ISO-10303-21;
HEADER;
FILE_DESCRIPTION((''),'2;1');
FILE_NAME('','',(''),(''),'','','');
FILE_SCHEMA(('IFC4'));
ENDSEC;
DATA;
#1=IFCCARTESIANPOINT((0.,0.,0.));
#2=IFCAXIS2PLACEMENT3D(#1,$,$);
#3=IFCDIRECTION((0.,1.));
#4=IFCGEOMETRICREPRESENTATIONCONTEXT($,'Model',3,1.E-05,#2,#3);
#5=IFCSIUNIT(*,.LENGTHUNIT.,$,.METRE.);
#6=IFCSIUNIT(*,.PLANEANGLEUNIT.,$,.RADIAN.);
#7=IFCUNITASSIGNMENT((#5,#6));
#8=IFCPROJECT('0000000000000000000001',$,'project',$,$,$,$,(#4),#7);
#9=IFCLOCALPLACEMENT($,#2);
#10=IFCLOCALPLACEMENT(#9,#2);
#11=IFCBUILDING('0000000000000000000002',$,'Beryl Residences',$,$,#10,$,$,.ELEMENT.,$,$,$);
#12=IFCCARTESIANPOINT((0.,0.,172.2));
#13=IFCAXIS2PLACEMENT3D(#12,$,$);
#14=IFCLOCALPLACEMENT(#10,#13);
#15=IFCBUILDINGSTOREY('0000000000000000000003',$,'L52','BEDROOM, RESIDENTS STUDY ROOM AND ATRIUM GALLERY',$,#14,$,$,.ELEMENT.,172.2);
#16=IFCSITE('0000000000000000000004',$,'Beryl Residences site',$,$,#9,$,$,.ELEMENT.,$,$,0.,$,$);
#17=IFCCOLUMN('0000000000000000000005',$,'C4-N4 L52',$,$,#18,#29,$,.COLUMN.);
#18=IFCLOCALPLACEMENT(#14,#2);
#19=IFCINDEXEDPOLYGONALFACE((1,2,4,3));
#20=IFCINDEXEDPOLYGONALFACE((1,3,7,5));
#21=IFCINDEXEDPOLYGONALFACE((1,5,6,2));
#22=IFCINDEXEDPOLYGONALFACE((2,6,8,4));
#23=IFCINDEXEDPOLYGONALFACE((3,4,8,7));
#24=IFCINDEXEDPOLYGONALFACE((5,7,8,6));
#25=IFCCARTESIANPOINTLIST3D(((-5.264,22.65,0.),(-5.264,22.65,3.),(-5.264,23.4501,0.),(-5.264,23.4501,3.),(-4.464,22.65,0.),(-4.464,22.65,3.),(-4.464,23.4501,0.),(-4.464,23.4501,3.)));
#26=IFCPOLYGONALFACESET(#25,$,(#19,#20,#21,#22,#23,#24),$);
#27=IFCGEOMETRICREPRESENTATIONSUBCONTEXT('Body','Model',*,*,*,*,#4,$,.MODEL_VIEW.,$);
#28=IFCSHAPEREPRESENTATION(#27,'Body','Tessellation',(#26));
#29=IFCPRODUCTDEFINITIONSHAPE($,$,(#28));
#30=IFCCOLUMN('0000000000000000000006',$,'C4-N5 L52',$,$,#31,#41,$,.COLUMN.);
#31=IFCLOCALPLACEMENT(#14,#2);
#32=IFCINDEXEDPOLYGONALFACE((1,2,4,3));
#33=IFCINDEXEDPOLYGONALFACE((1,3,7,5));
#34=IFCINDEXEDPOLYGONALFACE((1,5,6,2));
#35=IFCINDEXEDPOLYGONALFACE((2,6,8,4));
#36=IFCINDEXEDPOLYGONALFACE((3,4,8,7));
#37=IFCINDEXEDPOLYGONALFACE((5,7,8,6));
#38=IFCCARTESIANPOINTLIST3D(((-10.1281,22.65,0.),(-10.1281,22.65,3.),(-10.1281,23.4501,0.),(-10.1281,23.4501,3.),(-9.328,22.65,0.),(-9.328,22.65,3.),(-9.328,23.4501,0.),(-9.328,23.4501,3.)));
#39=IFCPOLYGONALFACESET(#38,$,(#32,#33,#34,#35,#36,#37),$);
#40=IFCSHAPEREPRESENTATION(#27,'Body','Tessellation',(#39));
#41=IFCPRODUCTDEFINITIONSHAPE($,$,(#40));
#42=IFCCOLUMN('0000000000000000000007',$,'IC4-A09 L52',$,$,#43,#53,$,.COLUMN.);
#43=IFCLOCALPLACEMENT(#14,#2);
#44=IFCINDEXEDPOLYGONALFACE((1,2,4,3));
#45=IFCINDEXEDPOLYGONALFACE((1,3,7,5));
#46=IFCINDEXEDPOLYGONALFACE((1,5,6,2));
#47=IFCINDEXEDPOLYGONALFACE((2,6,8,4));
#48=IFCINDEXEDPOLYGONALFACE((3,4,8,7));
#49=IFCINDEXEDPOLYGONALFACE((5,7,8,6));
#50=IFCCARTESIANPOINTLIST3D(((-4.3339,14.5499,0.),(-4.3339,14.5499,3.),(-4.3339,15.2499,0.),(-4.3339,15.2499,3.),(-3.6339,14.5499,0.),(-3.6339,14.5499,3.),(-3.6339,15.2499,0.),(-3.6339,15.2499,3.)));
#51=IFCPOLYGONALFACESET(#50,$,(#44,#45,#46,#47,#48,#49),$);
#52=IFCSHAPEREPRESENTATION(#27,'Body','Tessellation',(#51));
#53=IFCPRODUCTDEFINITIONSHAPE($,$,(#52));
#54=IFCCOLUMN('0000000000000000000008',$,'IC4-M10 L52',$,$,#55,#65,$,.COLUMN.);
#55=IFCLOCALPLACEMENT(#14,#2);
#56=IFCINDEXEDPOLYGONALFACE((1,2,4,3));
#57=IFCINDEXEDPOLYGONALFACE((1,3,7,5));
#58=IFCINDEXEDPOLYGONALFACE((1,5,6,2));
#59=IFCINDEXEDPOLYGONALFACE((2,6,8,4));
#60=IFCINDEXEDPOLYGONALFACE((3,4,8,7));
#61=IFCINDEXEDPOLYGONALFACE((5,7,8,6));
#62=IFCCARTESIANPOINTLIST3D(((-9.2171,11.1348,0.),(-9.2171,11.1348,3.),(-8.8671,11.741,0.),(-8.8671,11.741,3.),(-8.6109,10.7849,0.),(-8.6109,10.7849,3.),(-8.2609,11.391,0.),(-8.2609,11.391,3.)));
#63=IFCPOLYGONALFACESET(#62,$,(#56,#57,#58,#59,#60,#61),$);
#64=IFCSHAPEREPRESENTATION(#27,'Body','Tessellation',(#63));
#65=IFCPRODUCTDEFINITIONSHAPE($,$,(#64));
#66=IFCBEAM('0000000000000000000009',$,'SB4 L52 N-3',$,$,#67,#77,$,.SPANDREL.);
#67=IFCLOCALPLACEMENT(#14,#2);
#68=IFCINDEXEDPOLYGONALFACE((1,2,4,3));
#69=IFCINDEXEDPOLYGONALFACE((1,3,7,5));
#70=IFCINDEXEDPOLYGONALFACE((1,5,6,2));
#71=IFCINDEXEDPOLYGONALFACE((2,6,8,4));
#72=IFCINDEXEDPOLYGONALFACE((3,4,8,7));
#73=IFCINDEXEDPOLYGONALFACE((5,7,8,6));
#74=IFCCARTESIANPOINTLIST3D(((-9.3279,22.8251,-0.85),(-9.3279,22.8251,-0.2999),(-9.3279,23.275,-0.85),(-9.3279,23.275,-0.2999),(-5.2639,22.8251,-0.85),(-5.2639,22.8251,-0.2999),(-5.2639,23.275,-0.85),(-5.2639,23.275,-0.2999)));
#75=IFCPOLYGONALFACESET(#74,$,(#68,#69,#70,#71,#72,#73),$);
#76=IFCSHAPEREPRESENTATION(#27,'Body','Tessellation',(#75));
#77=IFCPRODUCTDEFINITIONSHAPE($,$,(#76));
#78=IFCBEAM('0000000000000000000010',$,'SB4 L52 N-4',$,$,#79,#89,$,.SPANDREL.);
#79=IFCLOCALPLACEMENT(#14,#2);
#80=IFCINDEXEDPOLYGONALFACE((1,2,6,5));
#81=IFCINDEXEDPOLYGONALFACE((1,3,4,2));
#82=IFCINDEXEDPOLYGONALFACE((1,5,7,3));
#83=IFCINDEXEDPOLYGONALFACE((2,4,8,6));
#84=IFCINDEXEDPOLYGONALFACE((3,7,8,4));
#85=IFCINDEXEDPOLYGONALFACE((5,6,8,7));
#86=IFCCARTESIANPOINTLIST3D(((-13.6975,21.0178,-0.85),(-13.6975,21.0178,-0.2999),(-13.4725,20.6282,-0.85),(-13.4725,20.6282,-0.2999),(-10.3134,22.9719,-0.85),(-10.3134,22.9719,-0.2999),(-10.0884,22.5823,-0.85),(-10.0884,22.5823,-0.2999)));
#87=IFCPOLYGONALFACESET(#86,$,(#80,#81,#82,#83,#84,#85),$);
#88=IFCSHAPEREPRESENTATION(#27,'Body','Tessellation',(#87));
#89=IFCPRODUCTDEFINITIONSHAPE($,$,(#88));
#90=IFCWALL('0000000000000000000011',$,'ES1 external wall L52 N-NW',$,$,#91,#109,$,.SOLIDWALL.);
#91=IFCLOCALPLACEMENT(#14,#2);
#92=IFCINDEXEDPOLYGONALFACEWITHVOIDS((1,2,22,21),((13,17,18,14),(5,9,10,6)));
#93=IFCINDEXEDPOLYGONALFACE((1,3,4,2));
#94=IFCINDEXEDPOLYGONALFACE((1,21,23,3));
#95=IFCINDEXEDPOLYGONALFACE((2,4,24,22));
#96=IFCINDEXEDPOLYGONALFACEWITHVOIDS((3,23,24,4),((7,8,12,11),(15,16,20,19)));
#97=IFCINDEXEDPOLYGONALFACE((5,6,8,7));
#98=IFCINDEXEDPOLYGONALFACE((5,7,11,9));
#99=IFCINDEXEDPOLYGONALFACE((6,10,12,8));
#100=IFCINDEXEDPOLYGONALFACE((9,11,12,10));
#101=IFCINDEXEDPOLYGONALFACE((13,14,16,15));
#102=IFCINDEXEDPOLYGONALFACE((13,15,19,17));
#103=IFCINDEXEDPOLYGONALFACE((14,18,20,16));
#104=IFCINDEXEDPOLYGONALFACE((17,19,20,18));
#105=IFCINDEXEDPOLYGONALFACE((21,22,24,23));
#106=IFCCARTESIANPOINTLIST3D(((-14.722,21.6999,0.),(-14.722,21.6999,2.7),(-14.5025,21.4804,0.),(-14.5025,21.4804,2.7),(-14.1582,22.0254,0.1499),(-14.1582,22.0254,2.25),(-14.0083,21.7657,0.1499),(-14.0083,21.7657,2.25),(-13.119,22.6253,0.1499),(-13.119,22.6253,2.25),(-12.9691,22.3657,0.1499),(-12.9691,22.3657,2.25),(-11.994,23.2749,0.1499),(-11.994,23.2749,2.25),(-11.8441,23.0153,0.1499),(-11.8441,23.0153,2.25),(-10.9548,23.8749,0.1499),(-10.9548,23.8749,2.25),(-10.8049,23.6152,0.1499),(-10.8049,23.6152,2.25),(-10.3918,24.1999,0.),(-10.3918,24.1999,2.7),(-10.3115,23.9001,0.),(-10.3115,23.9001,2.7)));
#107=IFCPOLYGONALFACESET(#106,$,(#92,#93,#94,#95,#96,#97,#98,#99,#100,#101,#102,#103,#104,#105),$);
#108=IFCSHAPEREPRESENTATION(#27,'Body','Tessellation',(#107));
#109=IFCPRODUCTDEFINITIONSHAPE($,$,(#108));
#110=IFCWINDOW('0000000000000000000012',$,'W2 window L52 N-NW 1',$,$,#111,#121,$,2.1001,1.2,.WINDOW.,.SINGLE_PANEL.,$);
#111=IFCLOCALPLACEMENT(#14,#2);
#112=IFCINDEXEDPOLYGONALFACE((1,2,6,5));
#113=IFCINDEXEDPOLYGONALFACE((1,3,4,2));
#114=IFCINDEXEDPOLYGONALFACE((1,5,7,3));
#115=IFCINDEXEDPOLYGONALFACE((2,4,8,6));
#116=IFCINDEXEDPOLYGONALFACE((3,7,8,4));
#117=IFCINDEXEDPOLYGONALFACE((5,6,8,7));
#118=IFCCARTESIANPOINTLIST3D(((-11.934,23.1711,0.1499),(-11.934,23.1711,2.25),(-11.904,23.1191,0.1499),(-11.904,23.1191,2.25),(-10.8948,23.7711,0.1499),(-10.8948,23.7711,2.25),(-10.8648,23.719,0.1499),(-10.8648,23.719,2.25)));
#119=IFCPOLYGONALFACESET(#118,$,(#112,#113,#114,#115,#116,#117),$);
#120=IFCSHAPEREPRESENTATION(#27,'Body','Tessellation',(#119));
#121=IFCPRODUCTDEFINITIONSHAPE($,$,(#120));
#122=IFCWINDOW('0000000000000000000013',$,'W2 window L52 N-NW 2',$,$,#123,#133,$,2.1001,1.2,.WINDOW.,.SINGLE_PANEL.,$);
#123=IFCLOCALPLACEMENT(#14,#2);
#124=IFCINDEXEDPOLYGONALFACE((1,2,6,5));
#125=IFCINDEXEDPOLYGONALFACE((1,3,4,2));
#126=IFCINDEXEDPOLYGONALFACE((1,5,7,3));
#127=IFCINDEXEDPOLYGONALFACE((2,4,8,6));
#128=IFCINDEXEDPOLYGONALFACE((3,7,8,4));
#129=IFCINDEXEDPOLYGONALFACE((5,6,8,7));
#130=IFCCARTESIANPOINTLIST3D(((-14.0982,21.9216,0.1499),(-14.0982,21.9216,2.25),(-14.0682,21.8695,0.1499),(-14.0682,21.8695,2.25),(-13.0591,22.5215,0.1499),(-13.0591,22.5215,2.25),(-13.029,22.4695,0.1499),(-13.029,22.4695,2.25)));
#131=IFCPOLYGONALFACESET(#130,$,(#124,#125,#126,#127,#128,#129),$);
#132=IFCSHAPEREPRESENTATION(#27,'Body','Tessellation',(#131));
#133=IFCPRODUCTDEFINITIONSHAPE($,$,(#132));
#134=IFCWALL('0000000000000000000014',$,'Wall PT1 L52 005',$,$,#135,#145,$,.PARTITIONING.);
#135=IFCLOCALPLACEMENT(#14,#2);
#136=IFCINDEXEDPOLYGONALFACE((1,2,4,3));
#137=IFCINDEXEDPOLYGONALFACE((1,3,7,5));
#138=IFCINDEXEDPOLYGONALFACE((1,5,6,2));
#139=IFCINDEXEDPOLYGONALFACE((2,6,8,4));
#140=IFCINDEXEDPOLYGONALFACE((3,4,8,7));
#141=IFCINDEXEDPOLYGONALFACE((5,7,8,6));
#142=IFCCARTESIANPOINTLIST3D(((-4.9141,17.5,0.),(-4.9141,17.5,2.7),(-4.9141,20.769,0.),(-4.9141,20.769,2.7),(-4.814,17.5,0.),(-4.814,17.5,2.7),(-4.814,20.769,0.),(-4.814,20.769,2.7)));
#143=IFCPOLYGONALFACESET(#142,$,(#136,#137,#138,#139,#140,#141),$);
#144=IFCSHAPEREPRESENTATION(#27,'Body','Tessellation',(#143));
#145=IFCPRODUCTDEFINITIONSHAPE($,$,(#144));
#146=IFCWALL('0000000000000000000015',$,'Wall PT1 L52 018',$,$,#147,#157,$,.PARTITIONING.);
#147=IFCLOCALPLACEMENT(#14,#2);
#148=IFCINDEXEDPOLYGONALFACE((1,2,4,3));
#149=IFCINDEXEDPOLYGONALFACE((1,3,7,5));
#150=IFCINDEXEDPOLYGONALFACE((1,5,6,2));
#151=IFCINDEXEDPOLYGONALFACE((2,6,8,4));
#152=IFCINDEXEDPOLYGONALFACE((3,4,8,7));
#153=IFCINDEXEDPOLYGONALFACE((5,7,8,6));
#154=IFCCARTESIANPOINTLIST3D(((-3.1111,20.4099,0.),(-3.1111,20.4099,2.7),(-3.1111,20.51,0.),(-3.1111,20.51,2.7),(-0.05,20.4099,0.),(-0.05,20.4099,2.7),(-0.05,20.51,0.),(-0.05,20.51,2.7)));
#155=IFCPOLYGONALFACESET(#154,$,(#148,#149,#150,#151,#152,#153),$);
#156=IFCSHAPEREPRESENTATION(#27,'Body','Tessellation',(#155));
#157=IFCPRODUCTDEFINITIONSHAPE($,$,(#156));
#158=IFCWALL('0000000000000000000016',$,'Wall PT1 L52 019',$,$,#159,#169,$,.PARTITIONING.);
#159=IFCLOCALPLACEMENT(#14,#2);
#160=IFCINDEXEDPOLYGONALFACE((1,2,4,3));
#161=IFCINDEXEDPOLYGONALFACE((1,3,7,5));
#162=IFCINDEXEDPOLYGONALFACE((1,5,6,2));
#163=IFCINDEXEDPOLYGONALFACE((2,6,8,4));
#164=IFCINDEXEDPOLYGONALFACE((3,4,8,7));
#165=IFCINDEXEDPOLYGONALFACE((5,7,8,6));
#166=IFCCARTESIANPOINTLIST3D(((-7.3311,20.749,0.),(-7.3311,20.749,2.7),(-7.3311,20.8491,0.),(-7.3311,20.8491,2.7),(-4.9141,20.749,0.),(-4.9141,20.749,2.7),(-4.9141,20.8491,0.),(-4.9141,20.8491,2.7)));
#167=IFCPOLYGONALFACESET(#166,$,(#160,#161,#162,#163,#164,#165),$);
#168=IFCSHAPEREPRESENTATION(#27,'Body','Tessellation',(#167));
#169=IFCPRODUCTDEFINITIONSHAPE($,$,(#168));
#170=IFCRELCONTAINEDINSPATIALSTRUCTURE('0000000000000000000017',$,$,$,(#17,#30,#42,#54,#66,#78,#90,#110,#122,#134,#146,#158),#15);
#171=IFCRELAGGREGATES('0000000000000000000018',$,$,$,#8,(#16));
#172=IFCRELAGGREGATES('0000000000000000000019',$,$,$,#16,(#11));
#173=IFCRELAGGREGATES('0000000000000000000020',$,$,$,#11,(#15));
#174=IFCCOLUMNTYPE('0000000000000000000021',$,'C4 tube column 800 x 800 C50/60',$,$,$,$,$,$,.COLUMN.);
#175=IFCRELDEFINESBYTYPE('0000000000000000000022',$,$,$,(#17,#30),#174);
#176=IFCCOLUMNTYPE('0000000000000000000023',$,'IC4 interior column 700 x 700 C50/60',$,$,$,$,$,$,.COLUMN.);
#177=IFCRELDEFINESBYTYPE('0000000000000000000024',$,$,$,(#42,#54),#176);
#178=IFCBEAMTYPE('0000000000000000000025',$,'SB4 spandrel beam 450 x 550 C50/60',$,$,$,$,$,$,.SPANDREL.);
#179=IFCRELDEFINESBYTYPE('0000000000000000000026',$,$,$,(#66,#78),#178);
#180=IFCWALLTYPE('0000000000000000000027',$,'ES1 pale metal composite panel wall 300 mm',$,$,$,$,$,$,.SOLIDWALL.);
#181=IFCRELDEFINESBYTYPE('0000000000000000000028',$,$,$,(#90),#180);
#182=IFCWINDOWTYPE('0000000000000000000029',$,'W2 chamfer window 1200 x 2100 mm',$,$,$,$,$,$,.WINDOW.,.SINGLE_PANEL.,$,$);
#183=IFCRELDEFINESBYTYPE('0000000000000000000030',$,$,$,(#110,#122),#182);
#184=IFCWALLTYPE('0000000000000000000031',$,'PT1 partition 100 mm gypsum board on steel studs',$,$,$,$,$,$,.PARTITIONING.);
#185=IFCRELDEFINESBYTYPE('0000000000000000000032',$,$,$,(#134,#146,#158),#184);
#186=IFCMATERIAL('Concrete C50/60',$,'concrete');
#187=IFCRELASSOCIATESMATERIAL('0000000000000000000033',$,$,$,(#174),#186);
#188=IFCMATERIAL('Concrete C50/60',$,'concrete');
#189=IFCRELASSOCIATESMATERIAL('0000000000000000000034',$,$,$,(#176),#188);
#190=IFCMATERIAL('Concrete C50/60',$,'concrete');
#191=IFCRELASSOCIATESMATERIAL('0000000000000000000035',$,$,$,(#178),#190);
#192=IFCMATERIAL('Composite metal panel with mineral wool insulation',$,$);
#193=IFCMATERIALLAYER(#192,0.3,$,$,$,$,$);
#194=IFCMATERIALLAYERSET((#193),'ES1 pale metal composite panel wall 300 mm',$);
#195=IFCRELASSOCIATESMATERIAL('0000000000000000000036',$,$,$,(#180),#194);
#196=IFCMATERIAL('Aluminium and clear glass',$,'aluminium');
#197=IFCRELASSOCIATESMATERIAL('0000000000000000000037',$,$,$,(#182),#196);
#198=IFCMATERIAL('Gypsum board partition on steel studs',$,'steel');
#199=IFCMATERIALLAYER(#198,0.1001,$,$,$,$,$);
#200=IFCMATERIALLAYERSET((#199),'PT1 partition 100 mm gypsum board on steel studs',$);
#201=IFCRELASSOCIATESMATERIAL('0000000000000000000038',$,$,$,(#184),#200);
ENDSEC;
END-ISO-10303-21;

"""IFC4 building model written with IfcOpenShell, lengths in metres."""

from ifc_helpers import new_model, si_unit, direction, frame, frame_2d, origin, origin_2d, place, context, subcontext, project, spatial, polyline, rectangle, outline, extrude, material, layer, layer_set, material_profile, profile_set, type_object, element, fill, save


model = new_model("IFC4")

# Units and contexts
model_context = context("Model", 3, precision=1e-05, world=origin(), true_north=direction((0.0, 1.0)))
body_context = subcontext(model_context, "Body", "Model", "MODEL_VIEW")
ifc_project = project(units=[si_unit("LENGTHUNIT", "METRE"), si_unit("PLANEANGLEUNIT", "RADIAN")], contexts=[model_context])

# Site, building, storey
site_placement = place(None, origin())
site = spatial("IfcSite", under=ifc_project, at=site_placement, Name="Beryl Residences site", CompositionType="ELEMENT", RefElevation=0.0)
building_placement = place(site_placement, origin())
building = spatial("IfcBuilding", under=site, at=building_placement, Name="Beryl Residences", CompositionType="ELEMENT")
storey_placement = place(building_placement, frame((0.0, 0.0, 172.2)))
storey = spatial("IfcBuildingStorey", under=building, at=storey_placement, Name="L52", Description="BEDROOM, RESIDENTS STUDY ROOM AND ATRIUM GALLERY", CompositionType="ELEMENT", Elevation=172.2)

# Columns
ifc_material_1 = material(Name="Concrete C50/60", Category="concrete")
ifc_material_profile_1 = material_profile(ifc_material_1, rectangle(XDim=0.8, YDim=0.8, at=origin_2d()))
ifc_profile_set_1 = profile_set([ifc_material_profile_1], Name="Concrete C50/60")
column_type_1 = type_object("IfcColumnType", Name="C4 tube column 800 x 800 C50/60", PredefinedType="COLUMN", material=ifc_profile_set_1)
for number, where, z_axis, x_axis, name in (
    (1, (-4.864, 23.05, 0.0), (0.0, 0.0, 1.0), (-1.0, 0.0, 0.0), "C4-N4 L52"),
    (2, (-9.728, 23.05, 0.0), (0.0, 0.0, 1.0), (-1.0, 0.0, 0.0), "C4-N5 L52"),
):
    element("IfcColumn", number, at=place(storey_placement, frame(where, z_axis=z_axis, x_axis=x_axis)), inside=storey, type_object=column_type_1, Name=name, PredefinedType="COLUMN", context=body_context, shape_type="SweptSolid", body=[
        extrude(rectangle(XDim=0.8, YDim=0.8, at=origin_2d()), origin(), (0.0, 0.0, 1.0), 3.0),
    ])
ifc_material_2 = material(Name="Concrete C50/60", Category="concrete")
ifc_material_profile_2 = material_profile(ifc_material_2, rectangle(XDim=0.7, YDim=0.7, at=origin_2d()))
ifc_profile_set_2 = profile_set([ifc_material_profile_2], Name="Concrete C50/60")
column_type_2 = type_object("IfcColumnType", Name="IC4 interior column 700 x 700 C50/60", PredefinedType="COLUMN", material=ifc_profile_set_2)
for number, where, z_axis, x_axis, name in (
    (3, (-3.9839, 14.8999, 0.0), (0.0, 0.0, 1.0), (1.0, 0.0, 0.0), "IC4-A09 L52"),
    (4, (-8.739, 11.2629, 0.0), (0.0, 0.0, 1.0), (-0.5, -0.866025, 0.0), "IC4-M10 L52"),
):
    element("IfcColumn", number, at=place(storey_placement, frame(where, z_axis=z_axis, x_axis=x_axis)), inside=storey, type_object=column_type_2, Name=name, PredefinedType="COLUMN", context=body_context, shape_type="SweptSolid", body=[
        extrude(rectangle(XDim=0.7, YDim=0.7, at=origin_2d()), origin(), (0.0, 0.0, 1.0), 3.0),
    ])

# Beams
ifc_material_3 = material(Name="Concrete C50/60", Category="concrete")
ifc_material_profile_3 = material_profile(ifc_material_3, rectangle(XDim=0.45, YDim=0.55, at=origin_2d()))
ifc_profile_set_3 = profile_set([ifc_material_profile_3], Name="Concrete C50/60")
beam_type = type_object("IfcBeamType", Name="SB4 spandrel beam 450 x 550 C50/60", PredefinedType="SPANDREL", material=ifc_profile_set_3)
beam_1_placement = place(storey_placement, frame((-5.2639, 23.05, -0.575), z_axis=(-1.0, 0.0, 0.0), x_axis=(0.0, -1.0, 0.0)))
element("IfcBeam", 5, at=beam_1_placement, inside=storey, type_object=beam_type, Name="SB4 L52 N-3", PredefinedType="SPANDREL", context=body_context, shape_type="SweptSolid", body=[
    extrude(rectangle(XDim=0.45, YDim=0.55, at=origin_2d()), origin(), (0.0, 0.0, 1.0), 4.064),
])
beam_2_placement = place(storey_placement, frame((-10.2009, 22.7771, -0.575), z_axis=(-0.865989, -0.500063, 0.0), x_axis=(0.500063, -0.865989, 0.0)))
element("IfcBeam", 6, at=beam_2_placement, inside=storey, type_object=beam_type, Name="SB4 L52 N-4", PredefinedType="SPANDREL", context=body_context, shape_type="SweptSolid", body=[
    extrude(rectangle(XDim=0.45, YDim=0.55, at=origin_2d()), origin(), (0.0, 0.0, 1.0), 3.9077),
])

# Wall, openings, windows
ifc_material_4 = material(Name="Composite metal panel with mineral wool insulation")
ifc_layer_1 = layer(ifc_material_4, 0.3)
ifc_layer_set_1 = layer_set([ifc_layer_1], Name="ES1 pale metal composite panel wall 300 mm")
wall_type_1 = type_object("IfcWallType", Name="ES1 pale metal composite panel wall 300 mm", PredefinedType="SOLIDWALL", material=ifc_layer_set_1)
wall_1_placement = place(storey_placement, frame((-10.3169, 24.0701, 0.0), z_axis=(0.0, 0.0, 1.0), x_axis=(-0.866023, -0.500004, 0.0)))
wall_1 = element("IfcWall", 7, at=wall_1_placement, inside=storey, type_object=wall_type_1, Name="ES1 external wall L52 N-NW", PredefinedType="SOLIDWALL", context=body_context, shape_type="SweptSolid", body=[
    extrude(outline(polyline([(0.0, -0.1499), (5.0, -0.1499), (4.9197, 0.1499), (0.0803, 0.1499), (0.0, -0.1499)])), origin(), (0.0, 0.0, 1.0), 2.7),
])
opening_1_placement = place(wall_1_placement, frame((0.6499, 0.0, 0.1499)))
opening_1 = element("IfcOpeningElement", 8, at=opening_1_placement, cuts=wall_1, PredefinedType="OPENING", context=body_context, shape_type="SweptSolid", body=[
    extrude(rectangle(XDim=1.2, YDim=2.1001, at=frame_2d((0.6001, 1.05))), frame((0.0, 0.1599, 0.0), z_axis=(0.0, -1.0, 0.0), x_axis=(1.0, 0.0, 0.0)), (0.0, 0.0, 1.0), 0.3201),
])
opening_2_placement = place(wall_1_placement, frame((3.1489, 0.0, 0.1499)))
opening_2 = element("IfcOpeningElement", 9, at=opening_2_placement, cuts=wall_1, PredefinedType="OPENING", context=body_context, shape_type="SweptSolid", body=[
    extrude(rectangle(XDim=1.2, YDim=2.1001, at=frame_2d((0.6001, 1.05))), frame((0.0, 0.1599, 0.0), z_axis=(0.0, -1.0, 0.0), x_axis=(1.0, 0.0, 0.0)), (0.0, 0.0, 1.0), 0.3201),
])
ifc_material_5 = material(Name="Aluminium and clear glass", Category="aluminium")
window_type = type_object("IfcWindowType", Name="W2 chamfer window 1200 x 2100 mm", PartitioningType="SINGLE_PANEL", PredefinedType="WINDOW", material=ifc_material_5)
window_1_placement = place(opening_1_placement, origin())
window_1 = element("IfcWindow", 10, at=window_1_placement, inside=storey, type_object=window_type, Name="W2 window L52 N-NW 1", OverallHeight=2.1001, OverallWidth=1.2, PartitioningType="SINGLE_PANEL", PredefinedType="WINDOW", context=body_context, shape_type="SweptSolid", body=[
    extrude(rectangle(XDim=1.2, YDim=2.1001, at=frame_2d((0.6001, 1.05))), frame((0.0, 0.03, 0.0), z_axis=(0.0, -1.0, 0.0), x_axis=(1.0, 0.0, 0.0)), (0.0, 0.0, 1.0), 0.0601),
])
fill(opening_1, window_1)
window_2_placement = place(opening_2_placement, origin())
window_2 = element("IfcWindow", 11, at=window_2_placement, inside=storey, type_object=window_type, Name="W2 window L52 N-NW 2", OverallHeight=2.1001, OverallWidth=1.2, PartitioningType="SINGLE_PANEL", PredefinedType="WINDOW", context=body_context, shape_type="SweptSolid", body=[
    extrude(rectangle(XDim=1.2, YDim=2.1001, at=frame_2d((0.6001, 1.05))), frame((0.0, 0.03, 0.0), z_axis=(0.0, -1.0, 0.0), x_axis=(1.0, 0.0, 0.0)), (0.0, 0.0, 1.0), 0.0601),
])
fill(opening_2, window_2)

# Walls
ifc_material_6 = material(Name="Gypsum board partition on steel studs", Category="steel")
ifc_layer_2 = layer(ifc_material_6, 0.1001)
ifc_layer_set_2 = layer_set([ifc_layer_2], Name="PT1 partition 100 mm gypsum board on steel studs")
wall_type_2 = type_object("IfcWallType", Name="PT1 partition 100 mm gypsum board on steel studs", PredefinedType="PARTITIONING", material=ifc_layer_set_2)
wall_2_placement = place(storey_placement, frame((-4.864, 20.769, 0.0), z_axis=(0.0, 0.0, 1.0), x_axis=(0.0, -1.0, 0.0)))
element("IfcWall", 12, at=wall_2_placement, inside=storey, type_object=wall_type_2, Name="Wall PT1 L52 005", PredefinedType="PARTITIONING", context=body_context, shape_type="SweptSolid", body=[
    extrude(rectangle(XDim=3.269, YDim=0.1001, at=frame_2d((1.6345, 0.0))), origin(), (0.0, 0.0, 1.0), 2.7),
])
wall_3_placement = place(storey_placement, frame((-3.1111, 20.46, 0.0), z_axis=(0.0, 0.0, 1.0), x_axis=(1.0, 0.0, 0.0)))
element("IfcWall", 13, at=wall_3_placement, inside=storey, type_object=wall_type_2, Name="Wall PT1 L52 018", PredefinedType="PARTITIONING", context=body_context, shape_type="SweptSolid", body=[
    extrude(rectangle(XDim=3.061, YDim=0.1001, at=frame_2d((1.5305, 0.0))), origin(), (0.0, 0.0, 1.0), 2.7),
])
wall_4_placement = place(storey_placement, frame((-7.3311, 20.7991, 0.0), z_axis=(0.0, 0.0, 1.0), x_axis=(1.0, 0.0, 0.0)))
element("IfcWall", 14, at=wall_4_placement, inside=storey, type_object=wall_type_2, Name="Wall PT1 L52 019", PredefinedType="PARTITIONING", context=body_context, shape_type="SweptSolid", body=[
    extrude(rectangle(XDim=2.417, YDim=0.1001, at=frame_2d((1.2085, 0.0))), origin(), (0.0, 0.0, 1.0), 2.7),
])

save(model, "model.ifc")
